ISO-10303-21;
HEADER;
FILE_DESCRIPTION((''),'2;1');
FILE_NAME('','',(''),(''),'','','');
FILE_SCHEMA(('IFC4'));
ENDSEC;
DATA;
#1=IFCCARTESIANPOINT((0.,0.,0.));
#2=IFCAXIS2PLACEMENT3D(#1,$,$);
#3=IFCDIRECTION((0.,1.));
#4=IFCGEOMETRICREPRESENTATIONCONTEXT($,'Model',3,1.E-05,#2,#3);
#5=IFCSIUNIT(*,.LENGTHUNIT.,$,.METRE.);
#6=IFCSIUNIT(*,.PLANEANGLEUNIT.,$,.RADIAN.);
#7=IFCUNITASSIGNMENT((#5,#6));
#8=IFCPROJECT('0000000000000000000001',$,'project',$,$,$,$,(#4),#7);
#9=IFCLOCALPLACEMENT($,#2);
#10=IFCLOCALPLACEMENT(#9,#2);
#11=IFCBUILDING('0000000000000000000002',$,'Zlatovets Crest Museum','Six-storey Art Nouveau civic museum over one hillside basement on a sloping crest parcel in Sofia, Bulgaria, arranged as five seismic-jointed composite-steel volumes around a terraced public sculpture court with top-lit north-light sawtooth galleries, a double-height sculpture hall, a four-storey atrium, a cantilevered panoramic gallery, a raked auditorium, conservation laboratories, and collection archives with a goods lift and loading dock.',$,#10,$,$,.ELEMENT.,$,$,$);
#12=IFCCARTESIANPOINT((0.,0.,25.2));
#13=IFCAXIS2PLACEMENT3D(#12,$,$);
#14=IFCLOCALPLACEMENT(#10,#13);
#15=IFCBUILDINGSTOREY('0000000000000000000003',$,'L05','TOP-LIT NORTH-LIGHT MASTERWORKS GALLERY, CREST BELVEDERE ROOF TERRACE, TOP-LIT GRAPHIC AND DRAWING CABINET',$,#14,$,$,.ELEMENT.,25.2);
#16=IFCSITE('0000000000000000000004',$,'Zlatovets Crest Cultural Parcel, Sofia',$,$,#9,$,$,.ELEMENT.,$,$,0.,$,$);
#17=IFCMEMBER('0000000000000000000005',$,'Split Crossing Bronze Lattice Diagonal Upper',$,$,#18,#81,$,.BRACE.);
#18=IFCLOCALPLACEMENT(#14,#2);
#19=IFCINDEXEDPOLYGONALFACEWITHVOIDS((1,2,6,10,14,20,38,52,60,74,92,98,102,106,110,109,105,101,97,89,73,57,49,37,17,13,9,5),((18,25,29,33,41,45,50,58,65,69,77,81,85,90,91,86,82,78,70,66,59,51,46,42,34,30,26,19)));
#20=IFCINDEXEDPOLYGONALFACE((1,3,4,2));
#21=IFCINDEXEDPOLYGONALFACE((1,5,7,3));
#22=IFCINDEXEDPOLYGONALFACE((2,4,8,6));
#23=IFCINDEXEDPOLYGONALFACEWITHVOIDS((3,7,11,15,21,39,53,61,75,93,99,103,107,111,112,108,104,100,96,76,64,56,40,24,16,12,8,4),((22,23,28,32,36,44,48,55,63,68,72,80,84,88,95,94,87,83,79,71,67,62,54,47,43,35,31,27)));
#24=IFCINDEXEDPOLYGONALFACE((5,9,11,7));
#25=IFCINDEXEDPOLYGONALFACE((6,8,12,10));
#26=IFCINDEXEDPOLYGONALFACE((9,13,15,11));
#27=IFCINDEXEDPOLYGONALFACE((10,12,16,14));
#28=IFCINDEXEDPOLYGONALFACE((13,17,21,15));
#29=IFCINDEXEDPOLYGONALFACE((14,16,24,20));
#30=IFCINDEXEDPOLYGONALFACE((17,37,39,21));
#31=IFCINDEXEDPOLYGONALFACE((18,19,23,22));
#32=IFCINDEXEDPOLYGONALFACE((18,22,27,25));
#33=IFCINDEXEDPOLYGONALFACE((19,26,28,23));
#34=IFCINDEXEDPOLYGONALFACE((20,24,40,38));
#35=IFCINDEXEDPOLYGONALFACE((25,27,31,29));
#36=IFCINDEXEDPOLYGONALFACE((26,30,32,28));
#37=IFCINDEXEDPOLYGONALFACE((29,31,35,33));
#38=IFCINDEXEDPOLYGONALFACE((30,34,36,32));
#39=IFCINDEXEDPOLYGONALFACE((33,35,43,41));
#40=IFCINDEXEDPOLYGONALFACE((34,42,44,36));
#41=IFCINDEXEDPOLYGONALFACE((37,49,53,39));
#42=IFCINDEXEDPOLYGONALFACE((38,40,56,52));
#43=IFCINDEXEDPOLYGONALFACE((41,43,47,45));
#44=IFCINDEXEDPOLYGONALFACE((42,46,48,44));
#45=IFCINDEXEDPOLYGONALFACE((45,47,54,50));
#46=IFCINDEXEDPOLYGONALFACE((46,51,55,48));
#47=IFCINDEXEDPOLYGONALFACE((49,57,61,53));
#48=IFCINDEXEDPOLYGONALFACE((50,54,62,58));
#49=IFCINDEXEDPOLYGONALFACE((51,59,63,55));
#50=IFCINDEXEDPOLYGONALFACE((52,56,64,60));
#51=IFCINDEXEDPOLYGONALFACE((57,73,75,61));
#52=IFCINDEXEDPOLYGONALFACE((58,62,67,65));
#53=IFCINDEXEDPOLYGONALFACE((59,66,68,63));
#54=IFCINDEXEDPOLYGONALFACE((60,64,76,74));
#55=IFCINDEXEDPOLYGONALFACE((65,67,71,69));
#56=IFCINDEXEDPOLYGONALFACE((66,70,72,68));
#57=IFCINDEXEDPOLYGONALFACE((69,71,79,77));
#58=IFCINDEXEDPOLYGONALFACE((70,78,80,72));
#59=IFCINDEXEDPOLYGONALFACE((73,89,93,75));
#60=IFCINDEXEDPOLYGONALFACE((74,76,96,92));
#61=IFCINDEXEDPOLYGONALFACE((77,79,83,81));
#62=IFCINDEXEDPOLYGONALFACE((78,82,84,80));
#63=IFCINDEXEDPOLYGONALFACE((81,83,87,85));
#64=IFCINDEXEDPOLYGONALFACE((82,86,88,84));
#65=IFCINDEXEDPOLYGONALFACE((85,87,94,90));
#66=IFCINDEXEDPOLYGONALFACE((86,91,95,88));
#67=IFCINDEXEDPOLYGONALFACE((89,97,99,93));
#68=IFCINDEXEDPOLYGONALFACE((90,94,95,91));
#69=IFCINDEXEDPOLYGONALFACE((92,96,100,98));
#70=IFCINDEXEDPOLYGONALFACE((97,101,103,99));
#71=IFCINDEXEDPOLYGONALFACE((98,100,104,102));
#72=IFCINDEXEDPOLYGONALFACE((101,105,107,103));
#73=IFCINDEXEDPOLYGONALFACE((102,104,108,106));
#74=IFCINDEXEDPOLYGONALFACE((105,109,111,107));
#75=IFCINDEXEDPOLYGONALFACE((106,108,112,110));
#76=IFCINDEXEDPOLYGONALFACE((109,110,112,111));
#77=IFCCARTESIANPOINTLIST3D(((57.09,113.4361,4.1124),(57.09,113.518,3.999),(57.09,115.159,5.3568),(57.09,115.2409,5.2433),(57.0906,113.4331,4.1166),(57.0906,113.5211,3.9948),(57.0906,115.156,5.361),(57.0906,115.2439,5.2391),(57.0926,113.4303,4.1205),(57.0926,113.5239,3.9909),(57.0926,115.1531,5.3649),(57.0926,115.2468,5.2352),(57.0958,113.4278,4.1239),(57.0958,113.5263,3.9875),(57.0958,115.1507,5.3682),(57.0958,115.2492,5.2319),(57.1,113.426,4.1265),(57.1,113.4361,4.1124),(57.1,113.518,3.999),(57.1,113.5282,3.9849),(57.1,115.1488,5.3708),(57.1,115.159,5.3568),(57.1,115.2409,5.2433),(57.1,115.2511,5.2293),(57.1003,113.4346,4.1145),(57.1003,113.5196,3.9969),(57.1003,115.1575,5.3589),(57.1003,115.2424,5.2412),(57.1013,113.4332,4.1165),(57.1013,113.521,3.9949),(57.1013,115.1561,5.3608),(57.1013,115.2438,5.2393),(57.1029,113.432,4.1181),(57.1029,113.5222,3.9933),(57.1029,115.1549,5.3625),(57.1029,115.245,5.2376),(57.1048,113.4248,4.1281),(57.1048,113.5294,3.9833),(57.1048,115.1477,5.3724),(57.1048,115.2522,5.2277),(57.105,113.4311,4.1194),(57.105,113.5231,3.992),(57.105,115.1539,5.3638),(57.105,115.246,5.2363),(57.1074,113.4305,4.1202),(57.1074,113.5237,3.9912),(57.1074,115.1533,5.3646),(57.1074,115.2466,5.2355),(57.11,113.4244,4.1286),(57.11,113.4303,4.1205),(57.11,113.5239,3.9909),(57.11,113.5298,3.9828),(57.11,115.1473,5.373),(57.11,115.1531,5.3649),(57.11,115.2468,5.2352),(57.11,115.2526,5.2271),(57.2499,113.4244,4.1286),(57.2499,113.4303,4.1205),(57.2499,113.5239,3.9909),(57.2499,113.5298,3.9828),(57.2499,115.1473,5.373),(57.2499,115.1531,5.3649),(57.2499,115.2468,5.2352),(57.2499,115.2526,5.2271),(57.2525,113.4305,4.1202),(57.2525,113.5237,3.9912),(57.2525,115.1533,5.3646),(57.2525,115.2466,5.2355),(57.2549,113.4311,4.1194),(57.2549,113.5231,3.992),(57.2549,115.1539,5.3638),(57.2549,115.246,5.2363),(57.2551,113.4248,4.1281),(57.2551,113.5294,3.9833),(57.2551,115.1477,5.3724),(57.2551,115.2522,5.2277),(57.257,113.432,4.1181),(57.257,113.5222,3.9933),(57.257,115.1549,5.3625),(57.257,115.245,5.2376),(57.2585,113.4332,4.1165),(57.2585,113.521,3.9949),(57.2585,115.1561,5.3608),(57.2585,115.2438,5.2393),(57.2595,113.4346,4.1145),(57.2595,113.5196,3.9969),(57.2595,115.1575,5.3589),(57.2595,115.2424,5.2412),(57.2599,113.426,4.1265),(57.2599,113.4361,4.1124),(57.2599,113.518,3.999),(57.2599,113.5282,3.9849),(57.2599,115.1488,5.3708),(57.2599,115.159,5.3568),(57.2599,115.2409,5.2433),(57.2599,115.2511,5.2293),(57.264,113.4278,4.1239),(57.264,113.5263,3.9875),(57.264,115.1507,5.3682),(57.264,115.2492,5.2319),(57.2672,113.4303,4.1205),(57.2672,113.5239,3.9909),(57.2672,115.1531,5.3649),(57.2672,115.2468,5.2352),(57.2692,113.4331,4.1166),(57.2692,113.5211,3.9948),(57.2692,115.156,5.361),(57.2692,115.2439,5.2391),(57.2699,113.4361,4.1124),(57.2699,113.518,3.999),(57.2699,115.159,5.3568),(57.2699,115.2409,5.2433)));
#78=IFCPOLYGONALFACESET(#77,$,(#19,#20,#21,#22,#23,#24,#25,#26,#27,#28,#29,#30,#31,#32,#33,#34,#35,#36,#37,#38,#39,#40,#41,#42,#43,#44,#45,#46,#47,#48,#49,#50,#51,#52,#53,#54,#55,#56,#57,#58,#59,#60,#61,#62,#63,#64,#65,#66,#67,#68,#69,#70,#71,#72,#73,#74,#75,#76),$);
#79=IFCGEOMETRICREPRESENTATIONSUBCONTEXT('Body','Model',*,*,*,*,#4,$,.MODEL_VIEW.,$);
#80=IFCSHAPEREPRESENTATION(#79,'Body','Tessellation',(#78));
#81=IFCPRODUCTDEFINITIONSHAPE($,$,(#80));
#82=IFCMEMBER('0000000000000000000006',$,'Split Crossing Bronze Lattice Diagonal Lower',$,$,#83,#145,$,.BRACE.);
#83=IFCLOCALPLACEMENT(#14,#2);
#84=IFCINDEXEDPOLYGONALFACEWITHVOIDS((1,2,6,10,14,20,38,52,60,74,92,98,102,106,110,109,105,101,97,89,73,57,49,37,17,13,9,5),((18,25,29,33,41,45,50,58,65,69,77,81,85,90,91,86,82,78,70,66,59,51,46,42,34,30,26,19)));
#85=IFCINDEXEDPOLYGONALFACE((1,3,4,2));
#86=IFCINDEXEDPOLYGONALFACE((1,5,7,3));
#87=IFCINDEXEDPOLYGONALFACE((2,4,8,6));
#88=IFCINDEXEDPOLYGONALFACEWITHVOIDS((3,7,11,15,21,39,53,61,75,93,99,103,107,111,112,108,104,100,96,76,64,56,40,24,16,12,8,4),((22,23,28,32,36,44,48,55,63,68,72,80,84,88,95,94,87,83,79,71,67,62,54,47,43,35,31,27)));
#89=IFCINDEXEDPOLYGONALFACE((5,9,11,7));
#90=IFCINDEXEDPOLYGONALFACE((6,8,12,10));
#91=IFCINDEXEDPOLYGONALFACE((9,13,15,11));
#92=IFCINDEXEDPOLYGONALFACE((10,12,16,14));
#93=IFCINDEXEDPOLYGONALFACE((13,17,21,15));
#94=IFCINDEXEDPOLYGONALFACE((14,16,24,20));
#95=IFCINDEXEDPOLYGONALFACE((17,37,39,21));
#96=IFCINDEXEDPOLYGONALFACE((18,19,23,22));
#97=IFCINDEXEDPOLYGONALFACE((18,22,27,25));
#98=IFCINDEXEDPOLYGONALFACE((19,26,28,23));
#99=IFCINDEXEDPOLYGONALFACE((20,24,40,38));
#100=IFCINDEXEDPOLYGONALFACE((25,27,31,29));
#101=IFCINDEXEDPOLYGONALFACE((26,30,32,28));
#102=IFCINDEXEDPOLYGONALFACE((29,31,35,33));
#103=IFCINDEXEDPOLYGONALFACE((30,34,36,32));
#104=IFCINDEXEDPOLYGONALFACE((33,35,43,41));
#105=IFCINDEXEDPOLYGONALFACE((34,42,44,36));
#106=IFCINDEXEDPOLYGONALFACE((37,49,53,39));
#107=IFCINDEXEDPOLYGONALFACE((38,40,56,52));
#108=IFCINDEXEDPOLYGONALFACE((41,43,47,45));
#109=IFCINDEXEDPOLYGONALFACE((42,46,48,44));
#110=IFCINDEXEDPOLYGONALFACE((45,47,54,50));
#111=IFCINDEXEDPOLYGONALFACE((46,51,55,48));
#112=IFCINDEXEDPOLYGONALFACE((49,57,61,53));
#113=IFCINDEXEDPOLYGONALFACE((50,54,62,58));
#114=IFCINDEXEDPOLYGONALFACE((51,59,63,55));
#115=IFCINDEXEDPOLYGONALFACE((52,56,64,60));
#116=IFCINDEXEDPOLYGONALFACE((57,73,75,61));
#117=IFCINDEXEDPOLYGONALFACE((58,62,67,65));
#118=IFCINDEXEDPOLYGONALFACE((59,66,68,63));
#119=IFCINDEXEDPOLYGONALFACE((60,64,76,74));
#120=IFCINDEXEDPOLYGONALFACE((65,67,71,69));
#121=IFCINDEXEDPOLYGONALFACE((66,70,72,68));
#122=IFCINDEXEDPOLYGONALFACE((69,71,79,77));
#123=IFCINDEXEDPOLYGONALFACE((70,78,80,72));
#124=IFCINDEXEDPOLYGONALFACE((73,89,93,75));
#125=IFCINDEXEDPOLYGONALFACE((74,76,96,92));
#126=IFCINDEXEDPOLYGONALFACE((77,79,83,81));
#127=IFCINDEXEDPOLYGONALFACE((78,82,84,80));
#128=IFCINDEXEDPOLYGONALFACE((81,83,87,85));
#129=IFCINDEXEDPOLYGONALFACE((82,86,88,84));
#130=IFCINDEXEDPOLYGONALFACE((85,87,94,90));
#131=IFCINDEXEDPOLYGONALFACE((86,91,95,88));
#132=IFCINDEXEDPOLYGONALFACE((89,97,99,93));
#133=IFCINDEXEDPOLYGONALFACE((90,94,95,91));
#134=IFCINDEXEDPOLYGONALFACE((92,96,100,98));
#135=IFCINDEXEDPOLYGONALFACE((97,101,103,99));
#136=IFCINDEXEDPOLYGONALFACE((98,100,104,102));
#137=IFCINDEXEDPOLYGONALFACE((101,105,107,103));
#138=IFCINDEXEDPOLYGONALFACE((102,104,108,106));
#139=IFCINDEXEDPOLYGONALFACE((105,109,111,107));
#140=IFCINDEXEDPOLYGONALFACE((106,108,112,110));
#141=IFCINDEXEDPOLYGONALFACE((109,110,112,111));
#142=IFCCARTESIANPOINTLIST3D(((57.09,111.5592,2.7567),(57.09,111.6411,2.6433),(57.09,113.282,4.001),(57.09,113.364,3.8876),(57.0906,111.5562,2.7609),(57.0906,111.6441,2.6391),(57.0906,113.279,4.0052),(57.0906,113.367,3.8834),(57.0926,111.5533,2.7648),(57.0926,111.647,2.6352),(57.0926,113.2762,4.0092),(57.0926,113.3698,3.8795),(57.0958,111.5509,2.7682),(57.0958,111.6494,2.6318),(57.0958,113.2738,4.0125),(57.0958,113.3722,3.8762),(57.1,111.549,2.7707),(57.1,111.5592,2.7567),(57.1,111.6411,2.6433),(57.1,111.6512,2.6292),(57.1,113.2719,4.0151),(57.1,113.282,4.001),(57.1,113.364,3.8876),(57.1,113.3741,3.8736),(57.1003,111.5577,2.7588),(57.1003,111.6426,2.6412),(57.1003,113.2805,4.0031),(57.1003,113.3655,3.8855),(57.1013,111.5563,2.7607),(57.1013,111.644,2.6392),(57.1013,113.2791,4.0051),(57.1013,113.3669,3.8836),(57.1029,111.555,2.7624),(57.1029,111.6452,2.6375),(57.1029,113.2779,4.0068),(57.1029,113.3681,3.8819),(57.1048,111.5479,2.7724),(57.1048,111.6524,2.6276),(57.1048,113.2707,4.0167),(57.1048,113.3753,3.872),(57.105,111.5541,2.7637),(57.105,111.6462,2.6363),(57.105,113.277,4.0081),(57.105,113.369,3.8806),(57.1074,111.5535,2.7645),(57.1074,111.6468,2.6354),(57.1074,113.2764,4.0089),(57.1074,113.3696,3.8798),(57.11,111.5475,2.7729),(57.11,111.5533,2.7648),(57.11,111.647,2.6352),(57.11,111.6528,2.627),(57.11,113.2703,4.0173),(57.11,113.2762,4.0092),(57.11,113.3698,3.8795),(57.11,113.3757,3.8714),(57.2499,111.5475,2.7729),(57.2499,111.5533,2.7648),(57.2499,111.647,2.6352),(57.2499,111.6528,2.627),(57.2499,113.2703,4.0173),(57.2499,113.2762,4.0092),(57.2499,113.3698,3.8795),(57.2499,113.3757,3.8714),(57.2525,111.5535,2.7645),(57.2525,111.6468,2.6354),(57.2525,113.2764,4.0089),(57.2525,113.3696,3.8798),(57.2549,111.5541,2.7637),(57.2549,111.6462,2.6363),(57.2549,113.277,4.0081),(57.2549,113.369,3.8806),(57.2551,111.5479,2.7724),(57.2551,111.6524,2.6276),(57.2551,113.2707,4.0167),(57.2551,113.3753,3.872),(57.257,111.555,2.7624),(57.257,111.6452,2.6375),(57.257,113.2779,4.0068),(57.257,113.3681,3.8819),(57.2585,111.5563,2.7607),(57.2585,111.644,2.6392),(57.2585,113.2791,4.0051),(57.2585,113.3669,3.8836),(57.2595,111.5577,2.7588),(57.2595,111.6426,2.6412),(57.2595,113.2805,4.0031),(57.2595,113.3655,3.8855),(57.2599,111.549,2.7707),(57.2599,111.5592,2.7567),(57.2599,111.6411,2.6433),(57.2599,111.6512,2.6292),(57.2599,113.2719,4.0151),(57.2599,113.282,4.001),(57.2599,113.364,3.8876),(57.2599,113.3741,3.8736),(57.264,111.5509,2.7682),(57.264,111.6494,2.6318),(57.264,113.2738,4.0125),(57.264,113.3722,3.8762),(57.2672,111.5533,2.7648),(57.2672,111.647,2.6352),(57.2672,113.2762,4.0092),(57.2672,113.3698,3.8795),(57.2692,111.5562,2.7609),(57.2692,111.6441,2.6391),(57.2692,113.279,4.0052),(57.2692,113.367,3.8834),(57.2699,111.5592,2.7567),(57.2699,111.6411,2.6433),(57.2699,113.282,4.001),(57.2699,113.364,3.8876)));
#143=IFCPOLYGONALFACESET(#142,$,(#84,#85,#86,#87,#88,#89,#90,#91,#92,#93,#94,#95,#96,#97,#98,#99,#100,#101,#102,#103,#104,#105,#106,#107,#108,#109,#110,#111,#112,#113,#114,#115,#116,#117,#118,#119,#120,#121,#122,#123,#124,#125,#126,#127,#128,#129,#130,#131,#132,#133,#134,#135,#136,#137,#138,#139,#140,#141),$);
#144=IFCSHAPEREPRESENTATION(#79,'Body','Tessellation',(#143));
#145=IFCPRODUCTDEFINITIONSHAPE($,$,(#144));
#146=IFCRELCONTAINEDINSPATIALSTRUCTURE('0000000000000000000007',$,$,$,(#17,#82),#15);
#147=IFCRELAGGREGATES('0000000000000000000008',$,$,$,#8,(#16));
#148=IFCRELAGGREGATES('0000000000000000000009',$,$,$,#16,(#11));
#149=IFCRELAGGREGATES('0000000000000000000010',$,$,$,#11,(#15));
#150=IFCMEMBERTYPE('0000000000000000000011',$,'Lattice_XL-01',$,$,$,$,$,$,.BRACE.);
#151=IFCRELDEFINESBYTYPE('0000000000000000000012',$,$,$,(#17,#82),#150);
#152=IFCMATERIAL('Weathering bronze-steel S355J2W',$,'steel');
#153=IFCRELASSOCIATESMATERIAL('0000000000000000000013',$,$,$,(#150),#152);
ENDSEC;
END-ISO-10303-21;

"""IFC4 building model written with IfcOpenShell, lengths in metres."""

from ifc_helpers import new_model, si_unit, direction, frame, origin, origin_2d, place, context, subcontext, project, spatial, hollow_rectangle, extrude, material, material_profile, profile_set, type_object, element, save


model = new_model("IFC4")

# Units and contexts
model_context = context("Model", 3, precision=1e-05, world=origin(), true_north=direction((0.0, 1.0)))
body_context = subcontext(model_context, "Body", "Model", "MODEL_VIEW")
ifc_project = project(units=[si_unit("LENGTHUNIT", "METRE"), si_unit("PLANEANGLEUNIT", "RADIAN")], contexts=[model_context])

# Site, building, storey
site_placement = place(None, origin())
site = spatial("IfcSite", under=ifc_project, at=site_placement, Name="Zlatovets Crest Cultural Parcel, Sofia", CompositionType="ELEMENT", RefElevation=0.0)
building_placement = place(site_placement, origin())
building = spatial("IfcBuilding", under=site, at=building_placement, Name="Zlatovets Crest Museum", Description="Six-storey Art Nouveau civic museum over one hillside basement on a sloping crest parcel in Sofia, Bulgaria, arranged as five seismic-jointed composite-steel volumes around a terraced public sculpture court with top-lit north-light sawtooth galleries, a double-height sculpture hall, a four-storey atrium, a cantilevered panoramic gallery, a raked auditorium, conservation laboratories, and collection archives with a goods lift and loading dock.", CompositionType="ELEMENT")
storey_placement = place(building_placement, frame((0.0, 0.0, 25.2)))
storey = spatial("IfcBuildingStorey", under=building, at=storey_placement, Name="L05", Description="TOP-LIT NORTH-LIGHT MASTERWORKS GALLERY, CREST BELVEDERE ROOF TERRACE, TOP-LIT GRAPHIC AND DRAWING CABINET", CompositionType="ELEMENT", Elevation=25.2)

# Members
ifc_material_1 = material(Name="Weathering bronze-steel S355J2W", Category="steel")
ifc_material_profile_1 = material_profile(ifc_material_1, hollow_rectangle(XDim=0.1799, YDim=0.1799, WallThickness=0.01, InnerFilletRadius=0.01, OuterFilletRadius=0.02, at=origin_2d()), Name="SHS 180x180x10.0")
ifc_profile_set_1 = profile_set([ifc_material_profile_1], Name="Weathering bronze-steel S355J2W")
member_type_1 = type_object("IfcMemberType", Name="Lattice_XL-01", PredefinedType="BRACE", material=ifc_profile_set_1)
for number, where, z_axis, x_axis, name in (
    (1, (57.1799, 115.2, 5.3), (0.0, -0.810664, -0.585512), (1.0, 0.0, 0.0), "Split Crossing Bronze Lattice Diagonal Upper"),
    (2, (57.1799, 113.323, 3.9443), (0.0, -0.810664, -0.585512), (1.0, 0.0, 0.0), "Split Crossing Bronze Lattice Diagonal Lower"),
):
    element("IfcMember", number, at=place(storey_placement, frame(where, z_axis=z_axis, x_axis=x_axis)), inside=storey, type_object=member_type_1, Name=name, PredefinedType="BRACE", context=body_context, shape_type="SweptSolid", body=[
        extrude(hollow_rectangle(XDim=0.1799, YDim=0.1799, WallThickness=0.01, InnerFilletRadius=0.01, OuterFilletRadius=0.02, at=origin_2d()), origin(), (0.0, 0.0, 1.0), 2.1252),
    ])

save(model, "model.ifc")
